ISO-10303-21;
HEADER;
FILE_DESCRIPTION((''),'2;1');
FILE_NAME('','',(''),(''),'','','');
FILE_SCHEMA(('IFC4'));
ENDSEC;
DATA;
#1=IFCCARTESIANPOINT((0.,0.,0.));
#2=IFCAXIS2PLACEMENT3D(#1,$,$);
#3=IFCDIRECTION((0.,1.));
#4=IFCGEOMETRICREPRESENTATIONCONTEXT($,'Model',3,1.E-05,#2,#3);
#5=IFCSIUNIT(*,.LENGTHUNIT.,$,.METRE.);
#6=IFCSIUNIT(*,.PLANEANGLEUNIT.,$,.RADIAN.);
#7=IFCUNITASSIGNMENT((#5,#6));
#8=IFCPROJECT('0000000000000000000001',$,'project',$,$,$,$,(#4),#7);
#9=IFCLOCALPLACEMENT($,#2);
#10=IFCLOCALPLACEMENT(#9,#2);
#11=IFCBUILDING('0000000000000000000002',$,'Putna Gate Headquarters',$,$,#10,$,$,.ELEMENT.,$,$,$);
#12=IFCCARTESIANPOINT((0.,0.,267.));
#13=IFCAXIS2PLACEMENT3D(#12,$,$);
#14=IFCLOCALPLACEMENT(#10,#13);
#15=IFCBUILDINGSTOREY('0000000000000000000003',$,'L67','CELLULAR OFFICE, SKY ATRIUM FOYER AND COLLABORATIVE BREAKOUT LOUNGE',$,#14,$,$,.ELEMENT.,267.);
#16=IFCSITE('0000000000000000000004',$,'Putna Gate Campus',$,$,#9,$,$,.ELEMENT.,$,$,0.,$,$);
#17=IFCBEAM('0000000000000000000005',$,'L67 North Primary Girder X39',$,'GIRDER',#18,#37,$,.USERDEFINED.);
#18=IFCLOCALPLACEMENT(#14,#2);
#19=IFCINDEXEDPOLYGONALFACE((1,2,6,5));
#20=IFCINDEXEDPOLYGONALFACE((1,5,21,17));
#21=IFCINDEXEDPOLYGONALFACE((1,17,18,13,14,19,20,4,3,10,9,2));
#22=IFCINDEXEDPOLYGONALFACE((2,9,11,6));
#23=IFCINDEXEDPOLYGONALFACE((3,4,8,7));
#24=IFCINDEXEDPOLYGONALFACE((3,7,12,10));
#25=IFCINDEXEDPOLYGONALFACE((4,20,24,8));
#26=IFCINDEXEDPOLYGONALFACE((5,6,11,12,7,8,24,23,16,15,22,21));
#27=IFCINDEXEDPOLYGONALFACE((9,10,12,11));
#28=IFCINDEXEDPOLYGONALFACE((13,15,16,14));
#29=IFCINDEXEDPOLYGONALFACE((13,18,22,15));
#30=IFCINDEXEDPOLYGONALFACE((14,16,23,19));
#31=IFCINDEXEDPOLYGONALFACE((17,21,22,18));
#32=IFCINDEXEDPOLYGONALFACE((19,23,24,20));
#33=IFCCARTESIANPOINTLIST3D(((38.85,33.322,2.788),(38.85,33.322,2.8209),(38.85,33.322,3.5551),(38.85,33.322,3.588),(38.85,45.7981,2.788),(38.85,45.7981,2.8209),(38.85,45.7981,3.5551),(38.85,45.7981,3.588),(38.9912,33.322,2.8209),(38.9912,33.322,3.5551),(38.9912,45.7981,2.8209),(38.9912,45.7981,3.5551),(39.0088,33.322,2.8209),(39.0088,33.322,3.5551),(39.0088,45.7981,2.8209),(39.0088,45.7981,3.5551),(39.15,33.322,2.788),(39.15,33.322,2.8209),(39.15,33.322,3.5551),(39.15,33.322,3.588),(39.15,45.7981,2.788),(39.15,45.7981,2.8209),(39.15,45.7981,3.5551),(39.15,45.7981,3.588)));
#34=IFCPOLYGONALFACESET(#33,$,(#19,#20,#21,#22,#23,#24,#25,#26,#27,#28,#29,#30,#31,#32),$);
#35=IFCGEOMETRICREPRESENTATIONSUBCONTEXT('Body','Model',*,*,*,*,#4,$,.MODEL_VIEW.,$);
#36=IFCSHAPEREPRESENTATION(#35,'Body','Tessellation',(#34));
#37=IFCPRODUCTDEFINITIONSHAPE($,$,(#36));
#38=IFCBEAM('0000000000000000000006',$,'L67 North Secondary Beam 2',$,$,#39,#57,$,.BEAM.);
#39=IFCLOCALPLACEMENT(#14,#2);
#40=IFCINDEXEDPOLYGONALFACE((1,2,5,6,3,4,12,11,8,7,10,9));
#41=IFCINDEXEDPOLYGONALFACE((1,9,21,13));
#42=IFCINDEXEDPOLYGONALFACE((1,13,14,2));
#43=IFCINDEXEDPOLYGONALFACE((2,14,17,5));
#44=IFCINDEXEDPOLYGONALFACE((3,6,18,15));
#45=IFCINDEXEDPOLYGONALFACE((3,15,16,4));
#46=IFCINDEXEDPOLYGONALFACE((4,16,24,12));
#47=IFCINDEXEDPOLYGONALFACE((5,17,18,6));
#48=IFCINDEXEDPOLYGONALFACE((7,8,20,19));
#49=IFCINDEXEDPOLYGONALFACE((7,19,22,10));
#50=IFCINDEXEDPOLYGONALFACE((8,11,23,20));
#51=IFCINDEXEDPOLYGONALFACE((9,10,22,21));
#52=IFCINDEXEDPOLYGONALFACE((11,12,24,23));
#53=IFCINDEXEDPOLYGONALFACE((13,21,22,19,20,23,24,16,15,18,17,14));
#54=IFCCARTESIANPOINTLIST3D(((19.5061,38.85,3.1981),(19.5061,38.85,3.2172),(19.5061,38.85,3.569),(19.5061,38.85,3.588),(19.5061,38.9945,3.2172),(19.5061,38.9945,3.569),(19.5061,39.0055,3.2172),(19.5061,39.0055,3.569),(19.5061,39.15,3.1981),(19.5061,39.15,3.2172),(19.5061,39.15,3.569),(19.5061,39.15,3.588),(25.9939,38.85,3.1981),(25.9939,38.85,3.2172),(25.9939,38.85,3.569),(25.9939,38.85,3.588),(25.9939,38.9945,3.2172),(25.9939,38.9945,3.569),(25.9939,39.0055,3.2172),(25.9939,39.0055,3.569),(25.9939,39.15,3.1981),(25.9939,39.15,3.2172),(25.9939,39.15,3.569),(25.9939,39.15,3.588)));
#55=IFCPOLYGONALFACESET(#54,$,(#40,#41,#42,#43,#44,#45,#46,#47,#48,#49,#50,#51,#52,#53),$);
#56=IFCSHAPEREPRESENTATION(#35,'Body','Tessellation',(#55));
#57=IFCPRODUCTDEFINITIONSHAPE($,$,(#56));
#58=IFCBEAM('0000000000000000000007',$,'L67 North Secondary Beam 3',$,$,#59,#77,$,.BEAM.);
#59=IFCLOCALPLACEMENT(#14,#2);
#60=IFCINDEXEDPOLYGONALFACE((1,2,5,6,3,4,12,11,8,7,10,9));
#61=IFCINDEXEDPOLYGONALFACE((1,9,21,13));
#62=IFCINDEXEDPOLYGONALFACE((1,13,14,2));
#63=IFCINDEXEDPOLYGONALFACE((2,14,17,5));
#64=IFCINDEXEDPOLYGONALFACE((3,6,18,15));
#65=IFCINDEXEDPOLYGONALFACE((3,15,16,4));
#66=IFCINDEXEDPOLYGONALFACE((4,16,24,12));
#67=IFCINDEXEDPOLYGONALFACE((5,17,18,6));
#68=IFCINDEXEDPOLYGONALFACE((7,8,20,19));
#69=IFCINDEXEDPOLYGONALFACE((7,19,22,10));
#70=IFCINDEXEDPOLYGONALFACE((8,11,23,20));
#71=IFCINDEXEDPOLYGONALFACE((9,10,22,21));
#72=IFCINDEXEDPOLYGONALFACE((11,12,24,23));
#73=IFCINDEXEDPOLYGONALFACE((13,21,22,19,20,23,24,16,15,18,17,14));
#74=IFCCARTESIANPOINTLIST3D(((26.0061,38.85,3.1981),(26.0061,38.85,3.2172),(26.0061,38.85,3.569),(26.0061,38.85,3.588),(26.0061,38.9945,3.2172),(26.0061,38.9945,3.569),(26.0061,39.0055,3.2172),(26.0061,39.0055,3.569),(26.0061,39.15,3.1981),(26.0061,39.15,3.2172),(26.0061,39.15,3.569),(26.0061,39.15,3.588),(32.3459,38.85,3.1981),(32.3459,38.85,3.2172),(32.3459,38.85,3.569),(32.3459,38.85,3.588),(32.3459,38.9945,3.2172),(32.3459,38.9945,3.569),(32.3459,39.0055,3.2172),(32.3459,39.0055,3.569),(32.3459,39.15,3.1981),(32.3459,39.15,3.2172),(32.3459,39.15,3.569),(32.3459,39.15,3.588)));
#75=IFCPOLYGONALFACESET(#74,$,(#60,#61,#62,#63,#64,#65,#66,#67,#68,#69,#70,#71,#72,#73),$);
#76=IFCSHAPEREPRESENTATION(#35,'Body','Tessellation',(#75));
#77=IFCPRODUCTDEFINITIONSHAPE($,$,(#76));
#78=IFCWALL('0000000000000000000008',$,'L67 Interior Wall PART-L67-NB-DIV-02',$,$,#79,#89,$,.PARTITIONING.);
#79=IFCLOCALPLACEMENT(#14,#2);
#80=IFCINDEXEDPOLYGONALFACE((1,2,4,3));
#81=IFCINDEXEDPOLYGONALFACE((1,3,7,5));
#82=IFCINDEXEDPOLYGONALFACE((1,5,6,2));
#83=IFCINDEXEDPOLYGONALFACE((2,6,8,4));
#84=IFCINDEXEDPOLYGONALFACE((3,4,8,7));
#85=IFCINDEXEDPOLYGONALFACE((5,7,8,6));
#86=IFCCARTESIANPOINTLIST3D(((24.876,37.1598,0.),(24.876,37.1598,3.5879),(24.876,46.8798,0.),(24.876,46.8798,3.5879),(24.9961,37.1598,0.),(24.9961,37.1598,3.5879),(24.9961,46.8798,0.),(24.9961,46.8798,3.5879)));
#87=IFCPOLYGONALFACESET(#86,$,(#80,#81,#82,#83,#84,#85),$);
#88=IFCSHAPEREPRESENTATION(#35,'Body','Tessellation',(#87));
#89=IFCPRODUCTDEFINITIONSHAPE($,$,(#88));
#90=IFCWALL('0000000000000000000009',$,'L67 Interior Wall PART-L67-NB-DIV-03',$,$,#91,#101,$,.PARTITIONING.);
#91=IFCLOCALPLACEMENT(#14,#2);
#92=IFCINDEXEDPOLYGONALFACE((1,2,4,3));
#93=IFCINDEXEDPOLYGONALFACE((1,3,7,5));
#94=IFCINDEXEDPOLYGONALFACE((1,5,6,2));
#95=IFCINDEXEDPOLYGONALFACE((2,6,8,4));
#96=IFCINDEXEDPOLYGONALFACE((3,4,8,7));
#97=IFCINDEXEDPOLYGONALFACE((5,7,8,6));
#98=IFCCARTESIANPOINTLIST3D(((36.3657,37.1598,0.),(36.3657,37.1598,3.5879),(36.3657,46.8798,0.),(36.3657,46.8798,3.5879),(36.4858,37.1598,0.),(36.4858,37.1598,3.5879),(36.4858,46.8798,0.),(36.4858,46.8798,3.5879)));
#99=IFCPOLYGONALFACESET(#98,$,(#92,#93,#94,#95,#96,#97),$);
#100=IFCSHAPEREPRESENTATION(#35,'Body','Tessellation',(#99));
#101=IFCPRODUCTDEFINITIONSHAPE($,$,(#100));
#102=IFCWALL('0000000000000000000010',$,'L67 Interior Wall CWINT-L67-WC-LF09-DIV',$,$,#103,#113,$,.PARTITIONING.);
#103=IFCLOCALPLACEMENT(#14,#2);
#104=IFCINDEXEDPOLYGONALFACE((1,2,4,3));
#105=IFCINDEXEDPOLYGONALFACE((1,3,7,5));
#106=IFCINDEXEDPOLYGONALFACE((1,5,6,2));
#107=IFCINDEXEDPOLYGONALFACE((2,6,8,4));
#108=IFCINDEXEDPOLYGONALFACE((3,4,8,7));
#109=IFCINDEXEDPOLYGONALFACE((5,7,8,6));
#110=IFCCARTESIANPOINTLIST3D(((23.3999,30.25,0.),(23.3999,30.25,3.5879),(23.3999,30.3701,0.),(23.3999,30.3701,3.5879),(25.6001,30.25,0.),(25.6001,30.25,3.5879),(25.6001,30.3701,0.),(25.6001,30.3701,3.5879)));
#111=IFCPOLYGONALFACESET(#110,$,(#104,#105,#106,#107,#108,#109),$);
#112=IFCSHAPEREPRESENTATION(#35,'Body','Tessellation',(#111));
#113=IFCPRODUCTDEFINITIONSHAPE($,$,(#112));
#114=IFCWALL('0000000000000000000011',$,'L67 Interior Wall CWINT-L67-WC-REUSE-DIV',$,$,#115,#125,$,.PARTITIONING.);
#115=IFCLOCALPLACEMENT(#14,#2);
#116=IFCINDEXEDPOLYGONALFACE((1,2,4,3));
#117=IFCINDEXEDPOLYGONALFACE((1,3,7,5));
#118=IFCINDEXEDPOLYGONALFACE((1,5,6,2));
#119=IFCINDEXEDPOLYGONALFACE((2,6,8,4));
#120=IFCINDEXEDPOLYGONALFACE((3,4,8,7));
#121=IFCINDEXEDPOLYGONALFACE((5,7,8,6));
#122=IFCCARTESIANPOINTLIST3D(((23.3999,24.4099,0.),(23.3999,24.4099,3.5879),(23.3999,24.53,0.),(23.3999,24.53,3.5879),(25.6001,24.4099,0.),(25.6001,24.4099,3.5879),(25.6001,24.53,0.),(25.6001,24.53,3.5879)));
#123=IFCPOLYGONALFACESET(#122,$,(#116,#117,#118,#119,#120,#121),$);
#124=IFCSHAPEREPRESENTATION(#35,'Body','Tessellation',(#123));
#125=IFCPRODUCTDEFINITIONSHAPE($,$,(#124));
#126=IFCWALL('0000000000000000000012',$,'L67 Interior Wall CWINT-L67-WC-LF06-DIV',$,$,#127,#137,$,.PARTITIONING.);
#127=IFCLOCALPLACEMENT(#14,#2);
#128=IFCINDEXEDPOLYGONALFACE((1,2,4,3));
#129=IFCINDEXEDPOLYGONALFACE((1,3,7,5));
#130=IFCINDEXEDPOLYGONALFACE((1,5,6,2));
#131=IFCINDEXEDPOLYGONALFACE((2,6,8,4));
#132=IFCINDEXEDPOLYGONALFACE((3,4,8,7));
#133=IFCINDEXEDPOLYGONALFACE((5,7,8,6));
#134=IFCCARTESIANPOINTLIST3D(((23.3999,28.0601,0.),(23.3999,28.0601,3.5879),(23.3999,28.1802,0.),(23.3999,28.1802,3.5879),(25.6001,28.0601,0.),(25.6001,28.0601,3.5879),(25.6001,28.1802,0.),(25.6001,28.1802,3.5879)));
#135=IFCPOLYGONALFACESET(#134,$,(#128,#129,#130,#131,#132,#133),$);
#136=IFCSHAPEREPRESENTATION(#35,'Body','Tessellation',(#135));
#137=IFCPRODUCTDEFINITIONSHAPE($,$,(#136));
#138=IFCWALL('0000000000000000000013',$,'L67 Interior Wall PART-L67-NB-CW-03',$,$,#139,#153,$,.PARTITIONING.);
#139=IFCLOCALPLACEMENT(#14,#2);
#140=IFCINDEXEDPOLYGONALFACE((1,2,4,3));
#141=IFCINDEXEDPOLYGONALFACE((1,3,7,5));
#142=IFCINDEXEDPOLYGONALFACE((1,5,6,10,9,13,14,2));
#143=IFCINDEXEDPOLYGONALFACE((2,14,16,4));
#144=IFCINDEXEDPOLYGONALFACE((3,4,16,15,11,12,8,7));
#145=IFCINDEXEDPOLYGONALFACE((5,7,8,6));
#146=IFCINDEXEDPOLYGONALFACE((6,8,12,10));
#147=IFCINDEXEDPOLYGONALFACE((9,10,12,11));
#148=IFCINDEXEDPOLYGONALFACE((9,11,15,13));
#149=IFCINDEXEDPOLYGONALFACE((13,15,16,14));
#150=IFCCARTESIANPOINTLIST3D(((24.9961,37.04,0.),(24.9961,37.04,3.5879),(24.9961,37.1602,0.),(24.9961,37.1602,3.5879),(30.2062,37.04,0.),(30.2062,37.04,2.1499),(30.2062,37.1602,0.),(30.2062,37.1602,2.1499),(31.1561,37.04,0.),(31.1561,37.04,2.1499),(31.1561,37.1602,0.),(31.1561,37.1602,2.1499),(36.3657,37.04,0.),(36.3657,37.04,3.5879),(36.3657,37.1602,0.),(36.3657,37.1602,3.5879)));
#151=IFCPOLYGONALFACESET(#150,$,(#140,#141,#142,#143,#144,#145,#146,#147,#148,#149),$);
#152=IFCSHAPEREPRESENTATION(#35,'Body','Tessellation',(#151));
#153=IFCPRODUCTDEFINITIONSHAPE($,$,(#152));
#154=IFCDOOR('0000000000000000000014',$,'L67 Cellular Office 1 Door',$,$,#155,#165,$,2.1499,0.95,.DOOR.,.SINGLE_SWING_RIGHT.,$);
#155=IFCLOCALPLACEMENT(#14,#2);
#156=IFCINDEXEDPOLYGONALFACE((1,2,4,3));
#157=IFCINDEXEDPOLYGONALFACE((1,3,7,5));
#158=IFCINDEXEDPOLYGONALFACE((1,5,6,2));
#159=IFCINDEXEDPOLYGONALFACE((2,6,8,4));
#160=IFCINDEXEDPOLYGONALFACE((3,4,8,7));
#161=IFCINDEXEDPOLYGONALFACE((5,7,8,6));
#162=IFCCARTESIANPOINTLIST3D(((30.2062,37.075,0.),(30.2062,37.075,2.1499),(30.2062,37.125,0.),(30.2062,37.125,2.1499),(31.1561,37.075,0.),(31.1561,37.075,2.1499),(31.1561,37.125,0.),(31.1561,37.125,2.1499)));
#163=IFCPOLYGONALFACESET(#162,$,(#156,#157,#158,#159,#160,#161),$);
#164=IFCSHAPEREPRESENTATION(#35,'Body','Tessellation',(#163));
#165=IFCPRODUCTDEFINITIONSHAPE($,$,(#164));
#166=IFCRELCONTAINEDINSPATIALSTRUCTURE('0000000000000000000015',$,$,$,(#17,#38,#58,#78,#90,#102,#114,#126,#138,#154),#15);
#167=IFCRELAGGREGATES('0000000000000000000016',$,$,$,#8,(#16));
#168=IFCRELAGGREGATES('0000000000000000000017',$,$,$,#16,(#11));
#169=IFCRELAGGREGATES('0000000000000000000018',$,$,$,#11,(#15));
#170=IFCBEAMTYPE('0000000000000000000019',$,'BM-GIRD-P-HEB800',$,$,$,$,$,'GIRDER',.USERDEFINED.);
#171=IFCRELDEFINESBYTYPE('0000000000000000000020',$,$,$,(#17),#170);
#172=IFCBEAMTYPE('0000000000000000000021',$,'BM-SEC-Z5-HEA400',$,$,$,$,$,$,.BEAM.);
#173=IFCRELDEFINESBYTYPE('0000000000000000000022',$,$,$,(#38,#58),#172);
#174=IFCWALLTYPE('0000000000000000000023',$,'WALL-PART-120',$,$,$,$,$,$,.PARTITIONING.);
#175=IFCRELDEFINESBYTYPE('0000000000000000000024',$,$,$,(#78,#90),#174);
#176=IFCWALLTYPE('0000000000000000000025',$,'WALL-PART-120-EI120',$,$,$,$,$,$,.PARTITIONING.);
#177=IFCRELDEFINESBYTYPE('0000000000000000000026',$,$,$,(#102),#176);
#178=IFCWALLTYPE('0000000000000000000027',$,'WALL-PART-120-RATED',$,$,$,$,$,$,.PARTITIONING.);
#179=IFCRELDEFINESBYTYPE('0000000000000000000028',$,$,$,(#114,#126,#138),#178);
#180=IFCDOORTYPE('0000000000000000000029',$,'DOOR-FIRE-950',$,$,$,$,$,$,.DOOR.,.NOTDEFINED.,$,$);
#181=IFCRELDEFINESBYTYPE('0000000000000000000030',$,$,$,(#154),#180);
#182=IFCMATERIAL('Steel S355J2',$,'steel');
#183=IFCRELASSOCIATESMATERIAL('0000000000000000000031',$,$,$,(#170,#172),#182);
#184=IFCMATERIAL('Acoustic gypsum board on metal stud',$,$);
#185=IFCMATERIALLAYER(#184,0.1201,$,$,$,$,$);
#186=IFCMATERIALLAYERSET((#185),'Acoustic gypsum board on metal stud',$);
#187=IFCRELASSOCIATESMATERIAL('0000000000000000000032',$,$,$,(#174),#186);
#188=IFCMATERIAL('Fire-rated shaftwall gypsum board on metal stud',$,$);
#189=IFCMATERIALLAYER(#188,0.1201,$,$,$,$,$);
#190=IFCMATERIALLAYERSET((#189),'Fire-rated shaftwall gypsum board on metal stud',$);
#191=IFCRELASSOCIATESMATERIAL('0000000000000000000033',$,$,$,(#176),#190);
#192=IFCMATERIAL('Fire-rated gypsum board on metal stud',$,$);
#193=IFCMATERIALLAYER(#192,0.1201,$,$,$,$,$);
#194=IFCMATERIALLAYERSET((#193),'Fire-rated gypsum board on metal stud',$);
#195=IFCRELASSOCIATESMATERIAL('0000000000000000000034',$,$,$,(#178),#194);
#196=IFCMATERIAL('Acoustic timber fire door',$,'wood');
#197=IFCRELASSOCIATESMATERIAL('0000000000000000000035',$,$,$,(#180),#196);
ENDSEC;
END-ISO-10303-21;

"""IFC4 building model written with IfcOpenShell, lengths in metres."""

from ifc_helpers import new_model, si_unit, direction, frame, frame_2d, origin, origin_2d, place, context, subcontext, project, spatial, rectangle, i_section, extrude, material, layer, layer_set, material_profile, profile_set, type_object, element, fill, save


model = new_model("IFC4")

# Units and contexts
model_context = context("Model", 3, precision=1e-05, world=origin(), true_north=direction((0.0, 1.0)))
body_context = subcontext(model_context, "Body", "Model", "MODEL_VIEW")
ifc_project = project(units=[si_unit("LENGTHUNIT", "METRE"), si_unit("PLANEANGLEUNIT", "RADIAN")], contexts=[model_context])

# Site, building, storey
site_placement = place(None, origin())
site = spatial("IfcSite", under=ifc_project, at=site_placement, Name="Putna Gate Campus", CompositionType="ELEMENT", RefElevation=0.0)
building_placement = place(site_placement, origin())
building = spatial("IfcBuilding", under=site, at=building_placement, Name="Putna Gate Headquarters", CompositionType="ELEMENT")
storey_placement = place(building_placement, frame((0.0, 0.0, 267.0)))
storey = spatial("IfcBuildingStorey", under=building, at=storey_placement, Name="L67", Description="CELLULAR OFFICE, SKY ATRIUM FOYER AND COLLABORATIVE BREAKOUT LOUNGE", CompositionType="ELEMENT", Elevation=267.0)

# Beams
ifc_material_1 = material(Name="Steel S355J2", Category="steel")
ifc_material_profile_1 = material_profile(ifc_material_1, i_section(OverallWidth=0.3, OverallDepth=0.8, WebThickness=0.0176, FlangeThickness=0.033, at=origin_2d()), Name="Steel S355J2")
ifc_profile_set_1 = profile_set([ifc_material_profile_1], Name="Steel S355J2")
beam_type_1 = type_object("IfcBeamType", Name="BM-GIRD-P-HEB800", ElementType="GIRDER", PredefinedType="USERDEFINED", material=ifc_profile_set_1)
for number, where, z_axis, x_axis, name in (
    (1, (39.0, 33.322, 3.188), (0.0, 1.0, 0.0), (-1.0, 0.0, 0.0), "L67 North Primary Girder X39"),
):
    element("IfcBeam", number, at=place(storey_placement, frame(where, z_axis=z_axis, x_axis=x_axis)), inside=storey, type_object=beam_type_1, Name=name, ObjectType="GIRDER", PredefinedType="USERDEFINED", context=body_context, shape_type="SweptSolid", body=[
        extrude(i_section(OverallWidth=0.3, OverallDepth=0.8, WebThickness=0.0176, FlangeThickness=0.033, at=origin_2d()), origin(), (0.0, 0.0, 1.0), 12.4761),
    ])
ifc_material_profile_2 = material_profile(ifc_material_1, i_section(OverallWidth=0.3, OverallDepth=0.3899, WebThickness=0.011, FlangeThickness=0.019, at=origin_2d()), Name="Steel S355J2")
ifc_profile_set_2 = profile_set([ifc_material_profile_2], Name="Steel S355J2")
beam_type_2 = type_object("IfcBeamType", Name="BM-SEC-Z5-HEA400", PredefinedType="BEAM", material=ifc_profile_set_2)
beam_1_placement = place(storey_placement, frame((19.5061, 39.0, 3.3931), z_axis=(1.0, 0.0, 0.0), x_axis=(0.0, 1.0, 0.0)))
element("IfcBeam", 2, at=beam_1_placement, inside=storey, type_object=beam_type_2, Name="L67 North Secondary Beam 2", PredefinedType="BEAM", context=body_context, shape_type="SweptSolid", body=[
    extrude(i_section(OverallWidth=0.3, OverallDepth=0.3899, WebThickness=0.011, FlangeThickness=0.019, at=origin_2d()), origin(), (0.0, 0.0, 1.0), 6.4878),
])
beam_2_placement = place(storey_placement, frame((26.0061, 39.0, 3.3931), z_axis=(1.0, 0.0, 0.0), x_axis=(0.0, 1.0, 0.0)))
element("IfcBeam", 3, at=beam_2_placement, inside=storey, type_object=beam_type_2, Name="L67 North Secondary Beam 3", PredefinedType="BEAM", context=body_context, shape_type="SweptSolid", body=[
    extrude(i_section(OverallWidth=0.3, OverallDepth=0.3899, WebThickness=0.011, FlangeThickness=0.019, at=origin_2d()), origin(), (0.0, 0.0, 1.0), 6.3398),
])

# Walls
ifc_material_2 = material(Name="Acoustic gypsum board on metal stud")
ifc_layer_1 = layer(ifc_material_2, 0.1201)
ifc_layer_set_1 = layer_set([ifc_layer_1], Name="Acoustic gypsum board on metal stud")
wall_type_1 = type_object("IfcWallType", Name="WALL-PART-120", PredefinedType="PARTITIONING", material=ifc_layer_set_1)
for number, where, z_axis, x_axis, name in (
    (4, (24.936, 37.1599, 0.0), (0.0, 0.0, 1.0), (0.0, 1.0, 0.0), "L67 Interior Wall PART-L67-NB-DIV-02"),
    (5, (36.4258, 37.1599, 0.0), (0.0, 0.0, 1.0), (0.0, 1.0, 0.0), "L67 Interior Wall PART-L67-NB-DIV-03"),
):
    element("IfcWall", number, at=place(storey_placement, frame(where, z_axis=z_axis, x_axis=x_axis)), inside=storey, type_object=wall_type_1, Name=name, PredefinedType="PARTITIONING", context=body_context, shape_type="SweptSolid", body=[
        extrude(rectangle(XDim=9.72, YDim=0.1201, at=frame_2d((4.8599, 0.0))), origin(), (0.0, 0.0, 1.0), 3.5879),
    ])
ifc_material_3 = material(Name="Fire-rated shaftwall gypsum board on metal stud")
ifc_layer_2 = layer(ifc_material_3, 0.1201)
ifc_layer_set_2 = layer_set([ifc_layer_2], Name="Fire-rated shaftwall gypsum board on metal stud")
wall_type_2 = type_object("IfcWallType", Name="WALL-PART-120-EI120", PredefinedType="PARTITIONING", material=ifc_layer_set_2)
wall_1_placement = place(storey_placement, frame((23.3999, 30.3101, 0.0), z_axis=(0.0, 0.0, 1.0), x_axis=(1.0, 0.0, 0.0)))
element("IfcWall", 6, at=wall_1_placement, inside=storey, type_object=wall_type_2, Name="L67 Interior Wall CWINT-L67-WC-LF09-DIV", PredefinedType="PARTITIONING", context=body_context, shape_type="SweptSolid", body=[
    extrude(rectangle(XDim=2.2002, YDim=0.1201, at=frame_2d((1.1001, 0.0))), origin(), (0.0, 0.0, 1.0), 3.5879),
])
ifc_material_4 = material(Name="Fire-rated gypsum board on metal stud")
ifc_layer_3 = layer(ifc_material_4, 0.1201)
ifc_layer_set_3 = layer_set([ifc_layer_3], Name="Fire-rated gypsum board on metal stud")
wall_type_3 = type_object("IfcWallType", Name="WALL-PART-120-RATED", PredefinedType="PARTITIONING", material=ifc_layer_set_3)
for number, where, z_axis, x_axis, name in (
    (7, (23.3999, 24.47, 0.0), (0.0, 0.0, 1.0), (1.0, 0.0, 0.0), "L67 Interior Wall CWINT-L67-WC-REUSE-DIV"),
    (8, (23.3999, 28.1201, 0.0), (0.0, 0.0, 1.0), (1.0, 0.0, 0.0), "L67 Interior Wall CWINT-L67-WC-LF06-DIV"),
):
    element("IfcWall", number, at=place(storey_placement, frame(where, z_axis=z_axis, x_axis=x_axis)), inside=storey, type_object=wall_type_3, Name=name, PredefinedType="PARTITIONING", context=body_context, shape_type="SweptSolid", body=[
        extrude(rectangle(XDim=2.2002, YDim=0.1201, at=frame_2d((1.1001, 0.0))), origin(), (0.0, 0.0, 1.0), 3.5879),
    ])

# Wall, opening, door
wall_2_placement = place(storey_placement, frame((24.9961, 37.1001, 0.0), z_axis=(0.0, 0.0, 1.0), x_axis=(1.0, 0.0, 0.0)))
wall_2 = element("IfcWall", 9, at=wall_2_placement, inside=storey, type_object=wall_type_3, Name="L67 Interior Wall PART-L67-NB-CW-03", PredefinedType="PARTITIONING", context=body_context, shape_type="SweptSolid", body=[
    extrude(rectangle(XDim=11.3696, YDim=0.1201, at=frame_2d((5.6848, 0.0))), origin(), (0.0, 0.0, 1.0), 3.5879),
])
opening_1_placement = place(wall_2_placement, frame((5.21, 0.0, 0.0)))
opening_1 = element("IfcOpeningElement", 10, at=opening_1_placement, cuts=wall_2, PredefinedType="OPENING", context=body_context, shape_type="SweptSolid", body=[
    extrude(rectangle(XDim=0.95, YDim=2.1499, at=frame_2d((0.4751, 1.075))), frame((0.0, 0.0701, 0.0), z_axis=(0.0, -1.0, 0.0), x_axis=(1.0, 0.0, 0.0)), (0.0, 0.0, 1.0), 0.1401),
])
ifc_material_5 = material(Name="Acoustic timber fire door", Category="wood")
door_type = type_object("IfcDoorType", Name="DOOR-FIRE-950", OperationType="NOTDEFINED", PredefinedType="DOOR", material=ifc_material_5)
door_1_placement = place(opening_1_placement, origin())
door_1 = element("IfcDoor", 11, at=door_1_placement, inside=storey, type_object=door_type, Name="L67 Cellular Office 1 Door", OperationType="SINGLE_SWING_RIGHT", OverallHeight=2.1499, OverallWidth=0.95, PredefinedType="DOOR", context=body_context, shape_type="SweptSolid", body=[
    extrude(rectangle(XDim=0.95, YDim=2.1499, at=frame_2d((0.4751, 1.075))), frame((0.0, 0.0249, 0.0), z_axis=(0.0, -1.0, 0.0), x_axis=(1.0, 0.0, 0.0)), (0.0, 0.0, 1.0), 0.05),
])
fill(opening_1, door_1)

save(model, "model.ifc")
